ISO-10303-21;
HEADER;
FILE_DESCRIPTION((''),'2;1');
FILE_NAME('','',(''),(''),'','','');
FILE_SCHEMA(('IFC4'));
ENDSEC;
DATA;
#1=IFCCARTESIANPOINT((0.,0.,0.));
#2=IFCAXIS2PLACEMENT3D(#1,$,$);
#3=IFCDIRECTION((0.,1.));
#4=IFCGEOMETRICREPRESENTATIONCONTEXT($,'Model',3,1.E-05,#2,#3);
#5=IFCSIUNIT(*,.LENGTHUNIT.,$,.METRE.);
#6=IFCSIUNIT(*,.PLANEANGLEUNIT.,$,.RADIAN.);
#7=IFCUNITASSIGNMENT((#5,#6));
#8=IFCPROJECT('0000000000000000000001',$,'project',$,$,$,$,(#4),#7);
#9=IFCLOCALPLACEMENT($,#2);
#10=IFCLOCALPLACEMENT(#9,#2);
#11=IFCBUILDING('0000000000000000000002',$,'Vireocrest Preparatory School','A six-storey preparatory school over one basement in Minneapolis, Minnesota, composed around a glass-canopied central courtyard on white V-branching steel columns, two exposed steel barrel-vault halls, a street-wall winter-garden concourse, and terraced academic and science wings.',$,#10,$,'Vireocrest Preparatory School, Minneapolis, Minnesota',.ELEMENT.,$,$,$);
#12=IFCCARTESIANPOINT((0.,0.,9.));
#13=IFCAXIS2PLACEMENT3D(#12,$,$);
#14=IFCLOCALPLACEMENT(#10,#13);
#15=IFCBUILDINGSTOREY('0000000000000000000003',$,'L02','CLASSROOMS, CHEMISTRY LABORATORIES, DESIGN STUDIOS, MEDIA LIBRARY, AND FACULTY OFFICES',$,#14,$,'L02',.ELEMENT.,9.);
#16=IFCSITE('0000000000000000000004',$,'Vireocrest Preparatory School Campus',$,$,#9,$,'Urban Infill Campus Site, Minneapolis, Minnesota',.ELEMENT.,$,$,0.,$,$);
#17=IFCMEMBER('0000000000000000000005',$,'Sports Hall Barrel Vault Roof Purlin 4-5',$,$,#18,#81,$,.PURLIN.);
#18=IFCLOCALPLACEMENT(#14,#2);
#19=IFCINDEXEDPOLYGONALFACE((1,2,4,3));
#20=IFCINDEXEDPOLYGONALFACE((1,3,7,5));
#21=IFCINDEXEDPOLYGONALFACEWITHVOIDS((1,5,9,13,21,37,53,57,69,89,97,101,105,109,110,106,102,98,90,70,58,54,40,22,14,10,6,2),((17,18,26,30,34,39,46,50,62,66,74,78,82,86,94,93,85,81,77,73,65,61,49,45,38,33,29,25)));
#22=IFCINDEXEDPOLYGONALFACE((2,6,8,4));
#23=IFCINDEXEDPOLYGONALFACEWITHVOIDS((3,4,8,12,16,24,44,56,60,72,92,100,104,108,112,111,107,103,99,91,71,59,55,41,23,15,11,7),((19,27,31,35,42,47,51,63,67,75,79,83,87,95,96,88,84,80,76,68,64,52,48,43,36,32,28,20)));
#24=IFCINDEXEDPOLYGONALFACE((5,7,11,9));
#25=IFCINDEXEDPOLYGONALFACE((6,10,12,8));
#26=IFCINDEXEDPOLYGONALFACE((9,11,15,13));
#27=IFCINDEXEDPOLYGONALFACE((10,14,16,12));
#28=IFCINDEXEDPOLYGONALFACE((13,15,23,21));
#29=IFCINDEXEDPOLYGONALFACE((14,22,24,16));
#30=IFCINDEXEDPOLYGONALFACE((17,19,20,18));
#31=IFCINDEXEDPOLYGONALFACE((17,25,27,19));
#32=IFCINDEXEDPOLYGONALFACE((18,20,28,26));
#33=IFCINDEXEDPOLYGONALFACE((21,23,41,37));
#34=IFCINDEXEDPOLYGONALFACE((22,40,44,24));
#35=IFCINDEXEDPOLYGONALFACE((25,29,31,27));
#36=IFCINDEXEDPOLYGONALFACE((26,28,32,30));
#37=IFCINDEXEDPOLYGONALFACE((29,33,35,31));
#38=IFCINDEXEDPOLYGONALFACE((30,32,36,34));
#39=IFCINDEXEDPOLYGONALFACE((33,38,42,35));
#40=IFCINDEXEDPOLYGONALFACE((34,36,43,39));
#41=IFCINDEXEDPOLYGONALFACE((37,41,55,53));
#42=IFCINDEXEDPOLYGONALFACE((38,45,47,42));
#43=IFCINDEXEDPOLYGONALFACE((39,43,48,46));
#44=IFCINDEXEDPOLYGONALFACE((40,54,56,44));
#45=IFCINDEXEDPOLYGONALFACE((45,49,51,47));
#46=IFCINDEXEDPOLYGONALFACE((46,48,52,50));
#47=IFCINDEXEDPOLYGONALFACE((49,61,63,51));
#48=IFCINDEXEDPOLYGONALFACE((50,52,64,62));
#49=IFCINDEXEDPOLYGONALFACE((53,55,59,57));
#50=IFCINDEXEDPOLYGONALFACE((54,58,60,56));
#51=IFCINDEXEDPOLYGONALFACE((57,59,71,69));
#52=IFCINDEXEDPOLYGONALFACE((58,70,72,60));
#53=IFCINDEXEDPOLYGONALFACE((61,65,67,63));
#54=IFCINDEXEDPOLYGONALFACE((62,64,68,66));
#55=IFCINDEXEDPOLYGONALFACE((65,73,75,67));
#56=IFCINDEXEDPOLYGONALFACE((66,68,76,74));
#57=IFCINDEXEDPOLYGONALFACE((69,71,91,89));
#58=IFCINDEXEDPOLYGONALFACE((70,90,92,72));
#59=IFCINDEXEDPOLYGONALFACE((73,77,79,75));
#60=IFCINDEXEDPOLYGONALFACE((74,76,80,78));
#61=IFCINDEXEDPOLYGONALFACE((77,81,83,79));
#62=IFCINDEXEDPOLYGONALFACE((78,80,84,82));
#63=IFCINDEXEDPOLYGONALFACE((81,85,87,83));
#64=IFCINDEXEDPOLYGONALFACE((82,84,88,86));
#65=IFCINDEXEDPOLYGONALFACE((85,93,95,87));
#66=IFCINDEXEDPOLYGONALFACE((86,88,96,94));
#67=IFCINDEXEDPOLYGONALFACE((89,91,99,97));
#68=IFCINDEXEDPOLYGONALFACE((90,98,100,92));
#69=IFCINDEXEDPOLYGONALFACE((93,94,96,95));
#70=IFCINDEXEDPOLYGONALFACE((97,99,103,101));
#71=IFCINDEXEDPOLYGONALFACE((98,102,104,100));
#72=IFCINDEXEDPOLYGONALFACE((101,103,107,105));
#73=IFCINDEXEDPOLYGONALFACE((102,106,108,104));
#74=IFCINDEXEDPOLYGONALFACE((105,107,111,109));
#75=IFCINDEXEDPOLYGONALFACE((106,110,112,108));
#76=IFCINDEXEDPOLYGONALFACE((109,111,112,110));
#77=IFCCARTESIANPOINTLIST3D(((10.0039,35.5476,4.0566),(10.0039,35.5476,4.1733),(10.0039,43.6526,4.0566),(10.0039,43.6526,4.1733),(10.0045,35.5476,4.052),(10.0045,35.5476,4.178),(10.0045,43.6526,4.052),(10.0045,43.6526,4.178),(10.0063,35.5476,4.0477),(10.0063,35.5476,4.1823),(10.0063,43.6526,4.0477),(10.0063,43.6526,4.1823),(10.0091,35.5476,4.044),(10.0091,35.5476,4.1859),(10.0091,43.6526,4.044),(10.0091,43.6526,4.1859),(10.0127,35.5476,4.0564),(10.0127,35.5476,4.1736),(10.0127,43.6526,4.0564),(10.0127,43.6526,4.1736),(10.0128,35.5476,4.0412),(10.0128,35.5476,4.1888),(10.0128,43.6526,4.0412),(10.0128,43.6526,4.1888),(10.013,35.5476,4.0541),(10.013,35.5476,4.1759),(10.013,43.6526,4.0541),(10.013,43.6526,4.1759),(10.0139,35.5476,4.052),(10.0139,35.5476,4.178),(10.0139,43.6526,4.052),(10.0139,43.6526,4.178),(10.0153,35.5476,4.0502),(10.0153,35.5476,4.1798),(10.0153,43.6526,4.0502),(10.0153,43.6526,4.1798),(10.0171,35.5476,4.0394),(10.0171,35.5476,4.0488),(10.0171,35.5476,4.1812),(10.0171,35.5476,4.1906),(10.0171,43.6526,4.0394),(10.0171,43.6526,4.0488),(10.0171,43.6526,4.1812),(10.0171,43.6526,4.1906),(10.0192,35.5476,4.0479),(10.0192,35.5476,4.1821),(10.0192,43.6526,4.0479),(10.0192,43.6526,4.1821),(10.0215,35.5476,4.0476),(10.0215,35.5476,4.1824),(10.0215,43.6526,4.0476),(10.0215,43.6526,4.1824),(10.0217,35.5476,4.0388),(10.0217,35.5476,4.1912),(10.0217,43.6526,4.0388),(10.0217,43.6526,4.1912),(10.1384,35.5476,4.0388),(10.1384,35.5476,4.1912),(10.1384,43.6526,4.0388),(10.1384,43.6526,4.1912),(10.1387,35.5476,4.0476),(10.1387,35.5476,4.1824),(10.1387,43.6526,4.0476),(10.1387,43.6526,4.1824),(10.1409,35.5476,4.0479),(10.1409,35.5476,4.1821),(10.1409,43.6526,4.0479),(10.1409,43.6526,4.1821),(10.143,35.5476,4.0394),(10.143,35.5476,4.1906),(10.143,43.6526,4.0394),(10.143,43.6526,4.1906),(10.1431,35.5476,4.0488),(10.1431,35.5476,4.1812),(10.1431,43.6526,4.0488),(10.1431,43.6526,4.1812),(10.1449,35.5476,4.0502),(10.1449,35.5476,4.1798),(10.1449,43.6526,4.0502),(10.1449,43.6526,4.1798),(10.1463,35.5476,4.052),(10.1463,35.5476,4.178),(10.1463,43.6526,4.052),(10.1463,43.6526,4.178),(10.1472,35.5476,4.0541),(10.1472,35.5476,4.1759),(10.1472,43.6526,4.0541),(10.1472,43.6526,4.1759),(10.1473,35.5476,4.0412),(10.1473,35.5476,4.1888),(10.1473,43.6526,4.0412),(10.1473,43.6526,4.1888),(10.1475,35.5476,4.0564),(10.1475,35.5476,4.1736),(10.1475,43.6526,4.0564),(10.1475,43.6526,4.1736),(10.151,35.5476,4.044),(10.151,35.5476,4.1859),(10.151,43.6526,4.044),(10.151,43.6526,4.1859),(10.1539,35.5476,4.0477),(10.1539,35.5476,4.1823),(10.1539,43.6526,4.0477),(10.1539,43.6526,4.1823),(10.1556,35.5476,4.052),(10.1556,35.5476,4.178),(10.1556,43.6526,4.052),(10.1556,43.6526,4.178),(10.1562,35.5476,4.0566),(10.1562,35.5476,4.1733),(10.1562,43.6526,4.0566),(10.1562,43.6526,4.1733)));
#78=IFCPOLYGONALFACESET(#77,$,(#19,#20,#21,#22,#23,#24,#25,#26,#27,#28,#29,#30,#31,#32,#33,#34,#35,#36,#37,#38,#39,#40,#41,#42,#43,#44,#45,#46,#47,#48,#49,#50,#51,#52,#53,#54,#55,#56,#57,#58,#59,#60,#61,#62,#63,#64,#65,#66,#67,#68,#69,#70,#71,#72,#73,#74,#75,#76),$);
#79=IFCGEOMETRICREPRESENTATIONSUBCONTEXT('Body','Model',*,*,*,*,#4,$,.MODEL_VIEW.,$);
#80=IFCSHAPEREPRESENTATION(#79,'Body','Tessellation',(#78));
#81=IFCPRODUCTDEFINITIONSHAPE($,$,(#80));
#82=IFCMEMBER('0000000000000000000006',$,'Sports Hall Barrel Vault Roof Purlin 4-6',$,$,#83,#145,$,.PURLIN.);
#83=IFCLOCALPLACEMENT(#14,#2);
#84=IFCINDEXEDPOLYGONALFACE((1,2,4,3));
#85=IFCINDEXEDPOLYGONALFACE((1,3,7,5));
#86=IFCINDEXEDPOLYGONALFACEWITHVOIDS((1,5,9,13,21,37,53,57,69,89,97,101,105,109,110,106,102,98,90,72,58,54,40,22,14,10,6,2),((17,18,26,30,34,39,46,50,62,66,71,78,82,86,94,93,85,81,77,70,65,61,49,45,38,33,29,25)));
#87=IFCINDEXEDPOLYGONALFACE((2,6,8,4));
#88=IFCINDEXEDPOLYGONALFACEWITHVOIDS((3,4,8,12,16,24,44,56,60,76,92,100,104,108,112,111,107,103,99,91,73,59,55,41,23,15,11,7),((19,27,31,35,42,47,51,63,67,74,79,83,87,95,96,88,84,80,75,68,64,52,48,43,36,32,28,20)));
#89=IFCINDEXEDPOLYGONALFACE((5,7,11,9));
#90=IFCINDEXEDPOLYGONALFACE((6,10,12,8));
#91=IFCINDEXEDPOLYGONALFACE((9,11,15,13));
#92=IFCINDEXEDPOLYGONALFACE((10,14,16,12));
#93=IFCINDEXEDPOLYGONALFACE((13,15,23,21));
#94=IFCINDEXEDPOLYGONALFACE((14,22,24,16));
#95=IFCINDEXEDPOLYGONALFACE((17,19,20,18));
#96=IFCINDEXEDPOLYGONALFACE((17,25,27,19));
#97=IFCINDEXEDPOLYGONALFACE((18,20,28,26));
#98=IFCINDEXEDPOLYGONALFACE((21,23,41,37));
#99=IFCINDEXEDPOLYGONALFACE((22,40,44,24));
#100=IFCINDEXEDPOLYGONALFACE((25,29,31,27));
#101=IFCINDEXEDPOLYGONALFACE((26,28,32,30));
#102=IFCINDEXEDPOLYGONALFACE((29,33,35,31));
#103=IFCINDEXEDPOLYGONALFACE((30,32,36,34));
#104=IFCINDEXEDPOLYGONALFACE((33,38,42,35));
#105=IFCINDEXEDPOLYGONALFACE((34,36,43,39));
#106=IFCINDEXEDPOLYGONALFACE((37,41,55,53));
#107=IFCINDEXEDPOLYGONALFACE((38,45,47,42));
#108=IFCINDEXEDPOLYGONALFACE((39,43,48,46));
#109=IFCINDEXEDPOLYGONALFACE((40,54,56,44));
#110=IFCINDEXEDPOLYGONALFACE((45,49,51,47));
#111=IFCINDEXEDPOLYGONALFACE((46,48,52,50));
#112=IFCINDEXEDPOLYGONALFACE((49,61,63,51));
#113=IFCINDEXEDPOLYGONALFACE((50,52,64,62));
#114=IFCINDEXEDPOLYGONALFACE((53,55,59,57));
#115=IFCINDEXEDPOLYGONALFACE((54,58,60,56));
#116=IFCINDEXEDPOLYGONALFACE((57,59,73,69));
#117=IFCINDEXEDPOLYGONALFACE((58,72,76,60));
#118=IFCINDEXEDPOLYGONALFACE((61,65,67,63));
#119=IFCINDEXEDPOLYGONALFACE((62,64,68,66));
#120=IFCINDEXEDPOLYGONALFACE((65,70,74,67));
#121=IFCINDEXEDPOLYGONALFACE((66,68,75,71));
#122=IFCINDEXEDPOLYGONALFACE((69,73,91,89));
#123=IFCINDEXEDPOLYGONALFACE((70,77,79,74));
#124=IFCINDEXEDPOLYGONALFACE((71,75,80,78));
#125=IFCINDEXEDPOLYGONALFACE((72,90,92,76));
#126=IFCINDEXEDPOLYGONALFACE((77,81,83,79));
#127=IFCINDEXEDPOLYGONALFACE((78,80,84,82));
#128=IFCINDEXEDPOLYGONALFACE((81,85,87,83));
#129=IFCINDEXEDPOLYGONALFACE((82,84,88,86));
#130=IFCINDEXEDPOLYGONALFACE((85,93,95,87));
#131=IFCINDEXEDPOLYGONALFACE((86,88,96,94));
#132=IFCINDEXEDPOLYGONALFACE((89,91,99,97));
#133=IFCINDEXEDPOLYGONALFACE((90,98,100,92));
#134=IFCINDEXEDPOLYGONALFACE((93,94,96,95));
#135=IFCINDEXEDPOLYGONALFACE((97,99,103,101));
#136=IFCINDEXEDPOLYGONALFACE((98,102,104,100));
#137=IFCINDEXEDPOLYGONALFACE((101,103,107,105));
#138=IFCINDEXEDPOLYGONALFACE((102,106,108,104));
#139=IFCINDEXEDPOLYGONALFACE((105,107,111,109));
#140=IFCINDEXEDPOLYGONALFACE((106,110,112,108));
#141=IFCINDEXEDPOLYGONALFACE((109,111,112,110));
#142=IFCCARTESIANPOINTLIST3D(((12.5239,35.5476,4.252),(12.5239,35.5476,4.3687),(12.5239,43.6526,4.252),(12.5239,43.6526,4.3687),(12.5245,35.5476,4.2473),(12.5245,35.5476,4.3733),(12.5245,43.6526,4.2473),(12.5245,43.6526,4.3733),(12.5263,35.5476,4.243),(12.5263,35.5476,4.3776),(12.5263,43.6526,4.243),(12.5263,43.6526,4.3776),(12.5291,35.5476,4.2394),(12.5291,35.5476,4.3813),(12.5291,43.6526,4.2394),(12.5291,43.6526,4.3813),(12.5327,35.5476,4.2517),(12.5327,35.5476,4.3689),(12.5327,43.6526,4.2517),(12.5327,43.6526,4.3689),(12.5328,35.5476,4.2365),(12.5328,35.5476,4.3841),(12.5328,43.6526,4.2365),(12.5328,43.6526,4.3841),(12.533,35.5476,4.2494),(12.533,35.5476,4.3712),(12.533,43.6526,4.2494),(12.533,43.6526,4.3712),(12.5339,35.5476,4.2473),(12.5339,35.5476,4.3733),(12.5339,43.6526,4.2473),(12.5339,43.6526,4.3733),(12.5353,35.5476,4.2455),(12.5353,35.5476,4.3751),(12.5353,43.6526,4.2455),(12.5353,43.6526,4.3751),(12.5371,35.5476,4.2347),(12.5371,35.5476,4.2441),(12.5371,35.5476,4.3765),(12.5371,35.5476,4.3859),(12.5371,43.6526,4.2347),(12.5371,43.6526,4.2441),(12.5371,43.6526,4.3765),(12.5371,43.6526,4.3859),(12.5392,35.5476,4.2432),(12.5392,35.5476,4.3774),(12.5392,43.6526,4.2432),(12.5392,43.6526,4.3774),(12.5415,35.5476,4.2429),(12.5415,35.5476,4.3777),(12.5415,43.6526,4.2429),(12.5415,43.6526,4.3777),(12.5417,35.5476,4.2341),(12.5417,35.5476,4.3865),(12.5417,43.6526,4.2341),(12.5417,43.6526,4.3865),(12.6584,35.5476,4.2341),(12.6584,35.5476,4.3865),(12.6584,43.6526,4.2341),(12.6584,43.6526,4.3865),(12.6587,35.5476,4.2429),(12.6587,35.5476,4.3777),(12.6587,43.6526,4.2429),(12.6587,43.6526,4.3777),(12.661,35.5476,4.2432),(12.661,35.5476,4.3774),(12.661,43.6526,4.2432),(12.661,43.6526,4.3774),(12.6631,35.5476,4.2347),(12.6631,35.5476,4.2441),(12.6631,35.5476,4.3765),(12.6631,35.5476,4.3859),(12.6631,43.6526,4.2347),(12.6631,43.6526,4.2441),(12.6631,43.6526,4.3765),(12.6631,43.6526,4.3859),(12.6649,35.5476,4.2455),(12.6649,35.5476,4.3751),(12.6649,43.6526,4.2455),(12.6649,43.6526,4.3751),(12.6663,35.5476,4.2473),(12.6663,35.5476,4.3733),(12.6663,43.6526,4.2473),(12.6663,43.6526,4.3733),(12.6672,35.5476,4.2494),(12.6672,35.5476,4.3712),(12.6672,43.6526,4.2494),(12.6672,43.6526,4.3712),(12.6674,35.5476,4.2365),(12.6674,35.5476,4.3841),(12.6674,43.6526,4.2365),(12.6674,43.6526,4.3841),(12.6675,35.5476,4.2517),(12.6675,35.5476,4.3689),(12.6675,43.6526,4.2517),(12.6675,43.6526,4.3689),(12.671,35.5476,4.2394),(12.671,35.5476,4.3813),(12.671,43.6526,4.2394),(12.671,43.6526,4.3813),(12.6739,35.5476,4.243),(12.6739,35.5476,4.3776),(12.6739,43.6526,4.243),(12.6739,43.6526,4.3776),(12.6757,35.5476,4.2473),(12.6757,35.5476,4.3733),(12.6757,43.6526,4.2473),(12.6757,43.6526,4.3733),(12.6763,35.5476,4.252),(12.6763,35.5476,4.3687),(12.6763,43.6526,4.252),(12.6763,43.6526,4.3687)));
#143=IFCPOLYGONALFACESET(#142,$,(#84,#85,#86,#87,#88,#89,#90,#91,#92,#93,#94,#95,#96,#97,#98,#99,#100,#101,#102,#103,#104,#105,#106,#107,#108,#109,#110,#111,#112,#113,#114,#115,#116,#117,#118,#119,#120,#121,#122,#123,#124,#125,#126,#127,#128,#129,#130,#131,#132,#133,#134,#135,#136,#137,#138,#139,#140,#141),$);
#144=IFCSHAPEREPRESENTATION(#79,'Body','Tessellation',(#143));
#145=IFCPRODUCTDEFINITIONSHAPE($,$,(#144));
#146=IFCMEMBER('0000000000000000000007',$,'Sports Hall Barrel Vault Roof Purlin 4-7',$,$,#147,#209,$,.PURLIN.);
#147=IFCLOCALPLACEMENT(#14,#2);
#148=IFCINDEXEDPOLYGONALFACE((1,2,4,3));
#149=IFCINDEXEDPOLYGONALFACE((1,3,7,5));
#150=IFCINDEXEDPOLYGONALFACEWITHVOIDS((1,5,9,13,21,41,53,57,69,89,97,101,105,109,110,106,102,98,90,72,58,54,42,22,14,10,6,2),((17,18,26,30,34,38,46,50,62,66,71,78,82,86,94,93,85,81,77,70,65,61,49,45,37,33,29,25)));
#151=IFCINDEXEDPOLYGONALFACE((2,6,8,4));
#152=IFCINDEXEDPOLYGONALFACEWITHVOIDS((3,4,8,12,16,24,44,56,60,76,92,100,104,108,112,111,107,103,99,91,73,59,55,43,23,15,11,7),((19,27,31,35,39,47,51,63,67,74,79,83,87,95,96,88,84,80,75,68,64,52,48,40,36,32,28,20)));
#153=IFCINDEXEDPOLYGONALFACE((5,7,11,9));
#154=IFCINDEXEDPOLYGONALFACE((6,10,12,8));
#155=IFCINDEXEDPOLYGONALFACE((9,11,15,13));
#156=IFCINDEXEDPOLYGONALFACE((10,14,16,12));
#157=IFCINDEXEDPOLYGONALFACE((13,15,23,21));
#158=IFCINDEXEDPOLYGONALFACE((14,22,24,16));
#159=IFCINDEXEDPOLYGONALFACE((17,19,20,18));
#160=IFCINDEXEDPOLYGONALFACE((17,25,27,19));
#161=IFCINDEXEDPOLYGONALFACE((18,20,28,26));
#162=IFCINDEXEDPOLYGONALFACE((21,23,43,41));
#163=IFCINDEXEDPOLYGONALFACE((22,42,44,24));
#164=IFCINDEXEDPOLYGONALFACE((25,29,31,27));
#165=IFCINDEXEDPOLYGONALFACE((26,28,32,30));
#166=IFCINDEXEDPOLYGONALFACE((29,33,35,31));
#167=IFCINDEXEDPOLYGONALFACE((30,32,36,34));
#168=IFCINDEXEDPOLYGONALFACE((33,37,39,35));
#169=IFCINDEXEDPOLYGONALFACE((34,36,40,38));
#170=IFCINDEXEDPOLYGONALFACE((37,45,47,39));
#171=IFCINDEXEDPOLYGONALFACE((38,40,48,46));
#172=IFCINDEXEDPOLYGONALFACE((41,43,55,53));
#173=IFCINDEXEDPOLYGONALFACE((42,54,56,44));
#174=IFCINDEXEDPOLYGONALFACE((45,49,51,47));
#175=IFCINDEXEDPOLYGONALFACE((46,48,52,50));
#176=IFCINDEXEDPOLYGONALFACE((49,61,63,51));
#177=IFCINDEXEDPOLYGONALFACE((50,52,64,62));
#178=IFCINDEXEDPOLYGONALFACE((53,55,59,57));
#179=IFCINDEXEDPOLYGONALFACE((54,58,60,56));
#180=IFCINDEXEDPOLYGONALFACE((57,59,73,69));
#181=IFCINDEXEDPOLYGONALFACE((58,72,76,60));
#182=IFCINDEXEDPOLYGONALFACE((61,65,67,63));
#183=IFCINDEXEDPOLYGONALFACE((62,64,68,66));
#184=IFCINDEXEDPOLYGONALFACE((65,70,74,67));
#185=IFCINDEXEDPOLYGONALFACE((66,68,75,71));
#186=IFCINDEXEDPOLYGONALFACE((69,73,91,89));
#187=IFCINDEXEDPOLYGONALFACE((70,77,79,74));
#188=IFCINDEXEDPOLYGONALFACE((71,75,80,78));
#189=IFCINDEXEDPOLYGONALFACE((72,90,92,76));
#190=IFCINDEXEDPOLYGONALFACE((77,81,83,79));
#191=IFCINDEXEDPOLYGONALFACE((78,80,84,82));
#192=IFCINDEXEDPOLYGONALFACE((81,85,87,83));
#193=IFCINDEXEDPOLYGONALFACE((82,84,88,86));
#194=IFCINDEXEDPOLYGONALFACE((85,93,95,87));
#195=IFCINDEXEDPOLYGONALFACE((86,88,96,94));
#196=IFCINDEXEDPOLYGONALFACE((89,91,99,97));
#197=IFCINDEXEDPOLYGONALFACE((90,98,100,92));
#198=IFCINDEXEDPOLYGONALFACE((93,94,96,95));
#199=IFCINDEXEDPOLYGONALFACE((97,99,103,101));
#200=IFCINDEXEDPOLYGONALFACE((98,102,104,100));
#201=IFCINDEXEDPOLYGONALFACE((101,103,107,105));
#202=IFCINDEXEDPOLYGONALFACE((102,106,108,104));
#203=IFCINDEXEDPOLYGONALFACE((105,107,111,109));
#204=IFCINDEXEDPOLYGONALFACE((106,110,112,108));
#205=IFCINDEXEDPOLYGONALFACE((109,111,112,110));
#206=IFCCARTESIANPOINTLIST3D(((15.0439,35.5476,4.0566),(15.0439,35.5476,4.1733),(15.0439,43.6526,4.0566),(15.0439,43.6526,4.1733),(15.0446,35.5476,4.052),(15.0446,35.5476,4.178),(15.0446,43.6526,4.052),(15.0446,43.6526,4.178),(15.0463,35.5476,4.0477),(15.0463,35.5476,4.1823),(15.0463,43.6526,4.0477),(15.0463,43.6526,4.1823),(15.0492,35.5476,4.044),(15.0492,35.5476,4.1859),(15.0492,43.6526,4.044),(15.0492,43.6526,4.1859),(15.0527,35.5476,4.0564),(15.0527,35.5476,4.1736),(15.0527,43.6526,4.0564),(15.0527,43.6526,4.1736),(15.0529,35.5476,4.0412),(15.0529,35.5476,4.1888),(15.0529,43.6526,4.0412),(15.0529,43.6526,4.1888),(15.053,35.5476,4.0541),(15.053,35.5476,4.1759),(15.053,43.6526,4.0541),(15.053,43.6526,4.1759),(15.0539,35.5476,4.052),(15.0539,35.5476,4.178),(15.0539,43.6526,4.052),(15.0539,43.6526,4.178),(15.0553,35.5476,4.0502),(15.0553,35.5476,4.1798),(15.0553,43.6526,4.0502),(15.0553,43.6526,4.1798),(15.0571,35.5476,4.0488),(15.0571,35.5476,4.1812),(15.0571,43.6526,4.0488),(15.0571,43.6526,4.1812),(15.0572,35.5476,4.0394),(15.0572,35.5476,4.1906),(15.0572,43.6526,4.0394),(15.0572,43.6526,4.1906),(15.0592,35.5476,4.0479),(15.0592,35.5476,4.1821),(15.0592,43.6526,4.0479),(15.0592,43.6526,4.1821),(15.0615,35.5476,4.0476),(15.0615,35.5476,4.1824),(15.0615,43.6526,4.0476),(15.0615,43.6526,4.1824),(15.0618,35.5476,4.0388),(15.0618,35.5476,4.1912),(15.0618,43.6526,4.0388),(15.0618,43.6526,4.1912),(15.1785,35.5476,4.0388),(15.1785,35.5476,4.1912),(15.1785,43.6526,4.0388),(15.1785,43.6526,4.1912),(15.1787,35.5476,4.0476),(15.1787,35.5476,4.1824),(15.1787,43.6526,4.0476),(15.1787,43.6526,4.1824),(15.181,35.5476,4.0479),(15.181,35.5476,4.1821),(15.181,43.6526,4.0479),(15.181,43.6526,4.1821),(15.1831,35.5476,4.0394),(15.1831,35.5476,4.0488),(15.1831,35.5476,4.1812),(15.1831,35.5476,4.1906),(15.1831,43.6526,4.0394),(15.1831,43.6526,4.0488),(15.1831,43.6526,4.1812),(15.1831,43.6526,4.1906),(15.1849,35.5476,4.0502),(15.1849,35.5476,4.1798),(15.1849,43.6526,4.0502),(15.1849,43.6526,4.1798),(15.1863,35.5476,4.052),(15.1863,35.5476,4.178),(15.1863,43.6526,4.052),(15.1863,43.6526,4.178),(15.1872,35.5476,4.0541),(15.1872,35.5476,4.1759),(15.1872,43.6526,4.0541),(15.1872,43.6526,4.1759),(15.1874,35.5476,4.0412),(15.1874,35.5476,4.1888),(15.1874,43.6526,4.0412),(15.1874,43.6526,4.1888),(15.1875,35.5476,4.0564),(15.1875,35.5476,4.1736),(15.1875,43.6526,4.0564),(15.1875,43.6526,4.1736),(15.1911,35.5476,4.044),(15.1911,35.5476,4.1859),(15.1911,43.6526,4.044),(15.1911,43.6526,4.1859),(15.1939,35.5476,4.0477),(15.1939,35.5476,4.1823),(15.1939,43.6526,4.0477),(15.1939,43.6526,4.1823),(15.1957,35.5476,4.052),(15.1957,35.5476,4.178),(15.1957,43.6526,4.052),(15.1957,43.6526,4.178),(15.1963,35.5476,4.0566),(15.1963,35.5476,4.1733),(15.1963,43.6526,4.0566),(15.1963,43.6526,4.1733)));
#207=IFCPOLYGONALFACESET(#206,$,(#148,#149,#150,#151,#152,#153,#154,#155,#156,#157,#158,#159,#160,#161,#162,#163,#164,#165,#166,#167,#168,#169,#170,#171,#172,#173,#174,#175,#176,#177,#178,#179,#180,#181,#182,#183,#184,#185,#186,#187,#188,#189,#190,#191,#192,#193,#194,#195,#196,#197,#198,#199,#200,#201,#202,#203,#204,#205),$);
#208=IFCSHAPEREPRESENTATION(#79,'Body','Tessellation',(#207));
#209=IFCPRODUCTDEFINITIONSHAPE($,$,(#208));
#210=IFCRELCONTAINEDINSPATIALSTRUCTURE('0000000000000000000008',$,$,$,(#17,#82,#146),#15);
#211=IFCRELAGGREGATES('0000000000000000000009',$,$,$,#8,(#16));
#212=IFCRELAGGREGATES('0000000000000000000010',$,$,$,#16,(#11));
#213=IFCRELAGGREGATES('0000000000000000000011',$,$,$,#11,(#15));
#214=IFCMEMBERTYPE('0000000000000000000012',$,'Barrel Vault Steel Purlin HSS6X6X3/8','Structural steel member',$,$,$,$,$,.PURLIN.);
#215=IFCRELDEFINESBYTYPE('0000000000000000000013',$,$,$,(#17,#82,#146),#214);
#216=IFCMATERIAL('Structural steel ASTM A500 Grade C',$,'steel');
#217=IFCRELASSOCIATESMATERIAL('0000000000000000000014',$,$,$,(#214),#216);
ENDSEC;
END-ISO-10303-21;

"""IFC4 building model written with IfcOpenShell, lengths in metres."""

from ifc_helpers import new_model, si_unit, direction, frame, origin, origin_2d, place, context, subcontext, project, spatial, hollow_rectangle, extrude, material, material_profile, profile_set, type_object, element, save


model = new_model("IFC4")

# Units and contexts
model_context = context("Model", 3, precision=1e-05, world=origin(), true_north=direction((0.0, 1.0)))
body_context = subcontext(model_context, "Body", "Model", "MODEL_VIEW")
ifc_project = project(units=[si_unit("LENGTHUNIT", "METRE"), si_unit("PLANEANGLEUNIT", "RADIAN")], contexts=[model_context])

# Site, building, storey
site_placement = place(None, origin())
site = spatial("IfcSite", under=ifc_project, at=site_placement, Name="Vireocrest Preparatory School Campus", LongName="Urban Infill Campus Site, Minneapolis, Minnesota", CompositionType="ELEMENT", RefElevation=0.0)
building_placement = place(site_placement, origin())
building = spatial("IfcBuilding", under=site, at=building_placement, Name="Vireocrest Preparatory School", Description="A six-storey preparatory school over one basement in Minneapolis, Minnesota, composed around a glass-canopied central courtyard on white V-branching steel columns, two exposed steel barrel-vault halls, a street-wall winter-garden concourse, and terraced academic and science wings.", LongName="Vireocrest Preparatory School, Minneapolis, Minnesota", CompositionType="ELEMENT")
storey_placement = place(building_placement, frame((0.0, 0.0, 9.0)))
storey = spatial("IfcBuildingStorey", under=building, at=storey_placement, Name="L02", Description="CLASSROOMS, CHEMISTRY LABORATORIES, DESIGN STUDIOS, MEDIA LIBRARY, AND FACULTY OFFICES", LongName="L02", CompositionType="ELEMENT", Elevation=9.0)

# Members
ifc_material_1 = material(Name="Structural steel ASTM A500 Grade C", Category="steel")
ifc_material_profile_1 = material_profile(ifc_material_1, hollow_rectangle(XDim=0.1523, YDim=0.1523, WallThickness=0.0088, InnerFilletRadius=0.0088, OuterFilletRadius=0.0178, at=origin_2d()), Name="HSS6X6X3/8")
ifc_profile_set_1 = profile_set([ifc_material_profile_1], Name="Structural steel ASTM A500 Grade C")
member_type_1 = type_object("IfcMemberType", Name="Barrel Vault Steel Purlin HSS6X6X3/8", Description="Structural steel member", PredefinedType="PURLIN", material=ifc_profile_set_1)
for number, where, z_axis, x_axis, name in (
    (1, (10.0801, 35.5476, 4.115), (0.0, 1.0, 0.0), (-1.0, 0.0, 0.0), "Sports Hall Barrel Vault Roof Purlin 4-5"),
    (2, (12.6001, 35.5476, 4.3103), (0.0, 1.0, 0.0), (-1.0, 0.0, 0.0), "Sports Hall Barrel Vault Roof Purlin 4-6"),
    (3, (15.1201, 35.5476, 4.115), (0.0, 1.0, 0.0), (-1.0, 0.0, 0.0), "Sports Hall Barrel Vault Roof Purlin 4-7"),
):
    element("IfcMember", number, at=place(storey_placement, frame(where, z_axis=z_axis, x_axis=x_axis)), inside=storey, type_object=member_type_1, Name=name, PredefinedType="PURLIN", context=body_context, shape_type="SweptSolid", body=[
        extrude(hollow_rectangle(XDim=0.1523, YDim=0.1523, WallThickness=0.0088, InnerFilletRadius=0.0088, OuterFilletRadius=0.0178, at=origin_2d()), origin(), (0.0, 0.0, 1.0), 8.105),
    ])

save(model, "model.ifc")
